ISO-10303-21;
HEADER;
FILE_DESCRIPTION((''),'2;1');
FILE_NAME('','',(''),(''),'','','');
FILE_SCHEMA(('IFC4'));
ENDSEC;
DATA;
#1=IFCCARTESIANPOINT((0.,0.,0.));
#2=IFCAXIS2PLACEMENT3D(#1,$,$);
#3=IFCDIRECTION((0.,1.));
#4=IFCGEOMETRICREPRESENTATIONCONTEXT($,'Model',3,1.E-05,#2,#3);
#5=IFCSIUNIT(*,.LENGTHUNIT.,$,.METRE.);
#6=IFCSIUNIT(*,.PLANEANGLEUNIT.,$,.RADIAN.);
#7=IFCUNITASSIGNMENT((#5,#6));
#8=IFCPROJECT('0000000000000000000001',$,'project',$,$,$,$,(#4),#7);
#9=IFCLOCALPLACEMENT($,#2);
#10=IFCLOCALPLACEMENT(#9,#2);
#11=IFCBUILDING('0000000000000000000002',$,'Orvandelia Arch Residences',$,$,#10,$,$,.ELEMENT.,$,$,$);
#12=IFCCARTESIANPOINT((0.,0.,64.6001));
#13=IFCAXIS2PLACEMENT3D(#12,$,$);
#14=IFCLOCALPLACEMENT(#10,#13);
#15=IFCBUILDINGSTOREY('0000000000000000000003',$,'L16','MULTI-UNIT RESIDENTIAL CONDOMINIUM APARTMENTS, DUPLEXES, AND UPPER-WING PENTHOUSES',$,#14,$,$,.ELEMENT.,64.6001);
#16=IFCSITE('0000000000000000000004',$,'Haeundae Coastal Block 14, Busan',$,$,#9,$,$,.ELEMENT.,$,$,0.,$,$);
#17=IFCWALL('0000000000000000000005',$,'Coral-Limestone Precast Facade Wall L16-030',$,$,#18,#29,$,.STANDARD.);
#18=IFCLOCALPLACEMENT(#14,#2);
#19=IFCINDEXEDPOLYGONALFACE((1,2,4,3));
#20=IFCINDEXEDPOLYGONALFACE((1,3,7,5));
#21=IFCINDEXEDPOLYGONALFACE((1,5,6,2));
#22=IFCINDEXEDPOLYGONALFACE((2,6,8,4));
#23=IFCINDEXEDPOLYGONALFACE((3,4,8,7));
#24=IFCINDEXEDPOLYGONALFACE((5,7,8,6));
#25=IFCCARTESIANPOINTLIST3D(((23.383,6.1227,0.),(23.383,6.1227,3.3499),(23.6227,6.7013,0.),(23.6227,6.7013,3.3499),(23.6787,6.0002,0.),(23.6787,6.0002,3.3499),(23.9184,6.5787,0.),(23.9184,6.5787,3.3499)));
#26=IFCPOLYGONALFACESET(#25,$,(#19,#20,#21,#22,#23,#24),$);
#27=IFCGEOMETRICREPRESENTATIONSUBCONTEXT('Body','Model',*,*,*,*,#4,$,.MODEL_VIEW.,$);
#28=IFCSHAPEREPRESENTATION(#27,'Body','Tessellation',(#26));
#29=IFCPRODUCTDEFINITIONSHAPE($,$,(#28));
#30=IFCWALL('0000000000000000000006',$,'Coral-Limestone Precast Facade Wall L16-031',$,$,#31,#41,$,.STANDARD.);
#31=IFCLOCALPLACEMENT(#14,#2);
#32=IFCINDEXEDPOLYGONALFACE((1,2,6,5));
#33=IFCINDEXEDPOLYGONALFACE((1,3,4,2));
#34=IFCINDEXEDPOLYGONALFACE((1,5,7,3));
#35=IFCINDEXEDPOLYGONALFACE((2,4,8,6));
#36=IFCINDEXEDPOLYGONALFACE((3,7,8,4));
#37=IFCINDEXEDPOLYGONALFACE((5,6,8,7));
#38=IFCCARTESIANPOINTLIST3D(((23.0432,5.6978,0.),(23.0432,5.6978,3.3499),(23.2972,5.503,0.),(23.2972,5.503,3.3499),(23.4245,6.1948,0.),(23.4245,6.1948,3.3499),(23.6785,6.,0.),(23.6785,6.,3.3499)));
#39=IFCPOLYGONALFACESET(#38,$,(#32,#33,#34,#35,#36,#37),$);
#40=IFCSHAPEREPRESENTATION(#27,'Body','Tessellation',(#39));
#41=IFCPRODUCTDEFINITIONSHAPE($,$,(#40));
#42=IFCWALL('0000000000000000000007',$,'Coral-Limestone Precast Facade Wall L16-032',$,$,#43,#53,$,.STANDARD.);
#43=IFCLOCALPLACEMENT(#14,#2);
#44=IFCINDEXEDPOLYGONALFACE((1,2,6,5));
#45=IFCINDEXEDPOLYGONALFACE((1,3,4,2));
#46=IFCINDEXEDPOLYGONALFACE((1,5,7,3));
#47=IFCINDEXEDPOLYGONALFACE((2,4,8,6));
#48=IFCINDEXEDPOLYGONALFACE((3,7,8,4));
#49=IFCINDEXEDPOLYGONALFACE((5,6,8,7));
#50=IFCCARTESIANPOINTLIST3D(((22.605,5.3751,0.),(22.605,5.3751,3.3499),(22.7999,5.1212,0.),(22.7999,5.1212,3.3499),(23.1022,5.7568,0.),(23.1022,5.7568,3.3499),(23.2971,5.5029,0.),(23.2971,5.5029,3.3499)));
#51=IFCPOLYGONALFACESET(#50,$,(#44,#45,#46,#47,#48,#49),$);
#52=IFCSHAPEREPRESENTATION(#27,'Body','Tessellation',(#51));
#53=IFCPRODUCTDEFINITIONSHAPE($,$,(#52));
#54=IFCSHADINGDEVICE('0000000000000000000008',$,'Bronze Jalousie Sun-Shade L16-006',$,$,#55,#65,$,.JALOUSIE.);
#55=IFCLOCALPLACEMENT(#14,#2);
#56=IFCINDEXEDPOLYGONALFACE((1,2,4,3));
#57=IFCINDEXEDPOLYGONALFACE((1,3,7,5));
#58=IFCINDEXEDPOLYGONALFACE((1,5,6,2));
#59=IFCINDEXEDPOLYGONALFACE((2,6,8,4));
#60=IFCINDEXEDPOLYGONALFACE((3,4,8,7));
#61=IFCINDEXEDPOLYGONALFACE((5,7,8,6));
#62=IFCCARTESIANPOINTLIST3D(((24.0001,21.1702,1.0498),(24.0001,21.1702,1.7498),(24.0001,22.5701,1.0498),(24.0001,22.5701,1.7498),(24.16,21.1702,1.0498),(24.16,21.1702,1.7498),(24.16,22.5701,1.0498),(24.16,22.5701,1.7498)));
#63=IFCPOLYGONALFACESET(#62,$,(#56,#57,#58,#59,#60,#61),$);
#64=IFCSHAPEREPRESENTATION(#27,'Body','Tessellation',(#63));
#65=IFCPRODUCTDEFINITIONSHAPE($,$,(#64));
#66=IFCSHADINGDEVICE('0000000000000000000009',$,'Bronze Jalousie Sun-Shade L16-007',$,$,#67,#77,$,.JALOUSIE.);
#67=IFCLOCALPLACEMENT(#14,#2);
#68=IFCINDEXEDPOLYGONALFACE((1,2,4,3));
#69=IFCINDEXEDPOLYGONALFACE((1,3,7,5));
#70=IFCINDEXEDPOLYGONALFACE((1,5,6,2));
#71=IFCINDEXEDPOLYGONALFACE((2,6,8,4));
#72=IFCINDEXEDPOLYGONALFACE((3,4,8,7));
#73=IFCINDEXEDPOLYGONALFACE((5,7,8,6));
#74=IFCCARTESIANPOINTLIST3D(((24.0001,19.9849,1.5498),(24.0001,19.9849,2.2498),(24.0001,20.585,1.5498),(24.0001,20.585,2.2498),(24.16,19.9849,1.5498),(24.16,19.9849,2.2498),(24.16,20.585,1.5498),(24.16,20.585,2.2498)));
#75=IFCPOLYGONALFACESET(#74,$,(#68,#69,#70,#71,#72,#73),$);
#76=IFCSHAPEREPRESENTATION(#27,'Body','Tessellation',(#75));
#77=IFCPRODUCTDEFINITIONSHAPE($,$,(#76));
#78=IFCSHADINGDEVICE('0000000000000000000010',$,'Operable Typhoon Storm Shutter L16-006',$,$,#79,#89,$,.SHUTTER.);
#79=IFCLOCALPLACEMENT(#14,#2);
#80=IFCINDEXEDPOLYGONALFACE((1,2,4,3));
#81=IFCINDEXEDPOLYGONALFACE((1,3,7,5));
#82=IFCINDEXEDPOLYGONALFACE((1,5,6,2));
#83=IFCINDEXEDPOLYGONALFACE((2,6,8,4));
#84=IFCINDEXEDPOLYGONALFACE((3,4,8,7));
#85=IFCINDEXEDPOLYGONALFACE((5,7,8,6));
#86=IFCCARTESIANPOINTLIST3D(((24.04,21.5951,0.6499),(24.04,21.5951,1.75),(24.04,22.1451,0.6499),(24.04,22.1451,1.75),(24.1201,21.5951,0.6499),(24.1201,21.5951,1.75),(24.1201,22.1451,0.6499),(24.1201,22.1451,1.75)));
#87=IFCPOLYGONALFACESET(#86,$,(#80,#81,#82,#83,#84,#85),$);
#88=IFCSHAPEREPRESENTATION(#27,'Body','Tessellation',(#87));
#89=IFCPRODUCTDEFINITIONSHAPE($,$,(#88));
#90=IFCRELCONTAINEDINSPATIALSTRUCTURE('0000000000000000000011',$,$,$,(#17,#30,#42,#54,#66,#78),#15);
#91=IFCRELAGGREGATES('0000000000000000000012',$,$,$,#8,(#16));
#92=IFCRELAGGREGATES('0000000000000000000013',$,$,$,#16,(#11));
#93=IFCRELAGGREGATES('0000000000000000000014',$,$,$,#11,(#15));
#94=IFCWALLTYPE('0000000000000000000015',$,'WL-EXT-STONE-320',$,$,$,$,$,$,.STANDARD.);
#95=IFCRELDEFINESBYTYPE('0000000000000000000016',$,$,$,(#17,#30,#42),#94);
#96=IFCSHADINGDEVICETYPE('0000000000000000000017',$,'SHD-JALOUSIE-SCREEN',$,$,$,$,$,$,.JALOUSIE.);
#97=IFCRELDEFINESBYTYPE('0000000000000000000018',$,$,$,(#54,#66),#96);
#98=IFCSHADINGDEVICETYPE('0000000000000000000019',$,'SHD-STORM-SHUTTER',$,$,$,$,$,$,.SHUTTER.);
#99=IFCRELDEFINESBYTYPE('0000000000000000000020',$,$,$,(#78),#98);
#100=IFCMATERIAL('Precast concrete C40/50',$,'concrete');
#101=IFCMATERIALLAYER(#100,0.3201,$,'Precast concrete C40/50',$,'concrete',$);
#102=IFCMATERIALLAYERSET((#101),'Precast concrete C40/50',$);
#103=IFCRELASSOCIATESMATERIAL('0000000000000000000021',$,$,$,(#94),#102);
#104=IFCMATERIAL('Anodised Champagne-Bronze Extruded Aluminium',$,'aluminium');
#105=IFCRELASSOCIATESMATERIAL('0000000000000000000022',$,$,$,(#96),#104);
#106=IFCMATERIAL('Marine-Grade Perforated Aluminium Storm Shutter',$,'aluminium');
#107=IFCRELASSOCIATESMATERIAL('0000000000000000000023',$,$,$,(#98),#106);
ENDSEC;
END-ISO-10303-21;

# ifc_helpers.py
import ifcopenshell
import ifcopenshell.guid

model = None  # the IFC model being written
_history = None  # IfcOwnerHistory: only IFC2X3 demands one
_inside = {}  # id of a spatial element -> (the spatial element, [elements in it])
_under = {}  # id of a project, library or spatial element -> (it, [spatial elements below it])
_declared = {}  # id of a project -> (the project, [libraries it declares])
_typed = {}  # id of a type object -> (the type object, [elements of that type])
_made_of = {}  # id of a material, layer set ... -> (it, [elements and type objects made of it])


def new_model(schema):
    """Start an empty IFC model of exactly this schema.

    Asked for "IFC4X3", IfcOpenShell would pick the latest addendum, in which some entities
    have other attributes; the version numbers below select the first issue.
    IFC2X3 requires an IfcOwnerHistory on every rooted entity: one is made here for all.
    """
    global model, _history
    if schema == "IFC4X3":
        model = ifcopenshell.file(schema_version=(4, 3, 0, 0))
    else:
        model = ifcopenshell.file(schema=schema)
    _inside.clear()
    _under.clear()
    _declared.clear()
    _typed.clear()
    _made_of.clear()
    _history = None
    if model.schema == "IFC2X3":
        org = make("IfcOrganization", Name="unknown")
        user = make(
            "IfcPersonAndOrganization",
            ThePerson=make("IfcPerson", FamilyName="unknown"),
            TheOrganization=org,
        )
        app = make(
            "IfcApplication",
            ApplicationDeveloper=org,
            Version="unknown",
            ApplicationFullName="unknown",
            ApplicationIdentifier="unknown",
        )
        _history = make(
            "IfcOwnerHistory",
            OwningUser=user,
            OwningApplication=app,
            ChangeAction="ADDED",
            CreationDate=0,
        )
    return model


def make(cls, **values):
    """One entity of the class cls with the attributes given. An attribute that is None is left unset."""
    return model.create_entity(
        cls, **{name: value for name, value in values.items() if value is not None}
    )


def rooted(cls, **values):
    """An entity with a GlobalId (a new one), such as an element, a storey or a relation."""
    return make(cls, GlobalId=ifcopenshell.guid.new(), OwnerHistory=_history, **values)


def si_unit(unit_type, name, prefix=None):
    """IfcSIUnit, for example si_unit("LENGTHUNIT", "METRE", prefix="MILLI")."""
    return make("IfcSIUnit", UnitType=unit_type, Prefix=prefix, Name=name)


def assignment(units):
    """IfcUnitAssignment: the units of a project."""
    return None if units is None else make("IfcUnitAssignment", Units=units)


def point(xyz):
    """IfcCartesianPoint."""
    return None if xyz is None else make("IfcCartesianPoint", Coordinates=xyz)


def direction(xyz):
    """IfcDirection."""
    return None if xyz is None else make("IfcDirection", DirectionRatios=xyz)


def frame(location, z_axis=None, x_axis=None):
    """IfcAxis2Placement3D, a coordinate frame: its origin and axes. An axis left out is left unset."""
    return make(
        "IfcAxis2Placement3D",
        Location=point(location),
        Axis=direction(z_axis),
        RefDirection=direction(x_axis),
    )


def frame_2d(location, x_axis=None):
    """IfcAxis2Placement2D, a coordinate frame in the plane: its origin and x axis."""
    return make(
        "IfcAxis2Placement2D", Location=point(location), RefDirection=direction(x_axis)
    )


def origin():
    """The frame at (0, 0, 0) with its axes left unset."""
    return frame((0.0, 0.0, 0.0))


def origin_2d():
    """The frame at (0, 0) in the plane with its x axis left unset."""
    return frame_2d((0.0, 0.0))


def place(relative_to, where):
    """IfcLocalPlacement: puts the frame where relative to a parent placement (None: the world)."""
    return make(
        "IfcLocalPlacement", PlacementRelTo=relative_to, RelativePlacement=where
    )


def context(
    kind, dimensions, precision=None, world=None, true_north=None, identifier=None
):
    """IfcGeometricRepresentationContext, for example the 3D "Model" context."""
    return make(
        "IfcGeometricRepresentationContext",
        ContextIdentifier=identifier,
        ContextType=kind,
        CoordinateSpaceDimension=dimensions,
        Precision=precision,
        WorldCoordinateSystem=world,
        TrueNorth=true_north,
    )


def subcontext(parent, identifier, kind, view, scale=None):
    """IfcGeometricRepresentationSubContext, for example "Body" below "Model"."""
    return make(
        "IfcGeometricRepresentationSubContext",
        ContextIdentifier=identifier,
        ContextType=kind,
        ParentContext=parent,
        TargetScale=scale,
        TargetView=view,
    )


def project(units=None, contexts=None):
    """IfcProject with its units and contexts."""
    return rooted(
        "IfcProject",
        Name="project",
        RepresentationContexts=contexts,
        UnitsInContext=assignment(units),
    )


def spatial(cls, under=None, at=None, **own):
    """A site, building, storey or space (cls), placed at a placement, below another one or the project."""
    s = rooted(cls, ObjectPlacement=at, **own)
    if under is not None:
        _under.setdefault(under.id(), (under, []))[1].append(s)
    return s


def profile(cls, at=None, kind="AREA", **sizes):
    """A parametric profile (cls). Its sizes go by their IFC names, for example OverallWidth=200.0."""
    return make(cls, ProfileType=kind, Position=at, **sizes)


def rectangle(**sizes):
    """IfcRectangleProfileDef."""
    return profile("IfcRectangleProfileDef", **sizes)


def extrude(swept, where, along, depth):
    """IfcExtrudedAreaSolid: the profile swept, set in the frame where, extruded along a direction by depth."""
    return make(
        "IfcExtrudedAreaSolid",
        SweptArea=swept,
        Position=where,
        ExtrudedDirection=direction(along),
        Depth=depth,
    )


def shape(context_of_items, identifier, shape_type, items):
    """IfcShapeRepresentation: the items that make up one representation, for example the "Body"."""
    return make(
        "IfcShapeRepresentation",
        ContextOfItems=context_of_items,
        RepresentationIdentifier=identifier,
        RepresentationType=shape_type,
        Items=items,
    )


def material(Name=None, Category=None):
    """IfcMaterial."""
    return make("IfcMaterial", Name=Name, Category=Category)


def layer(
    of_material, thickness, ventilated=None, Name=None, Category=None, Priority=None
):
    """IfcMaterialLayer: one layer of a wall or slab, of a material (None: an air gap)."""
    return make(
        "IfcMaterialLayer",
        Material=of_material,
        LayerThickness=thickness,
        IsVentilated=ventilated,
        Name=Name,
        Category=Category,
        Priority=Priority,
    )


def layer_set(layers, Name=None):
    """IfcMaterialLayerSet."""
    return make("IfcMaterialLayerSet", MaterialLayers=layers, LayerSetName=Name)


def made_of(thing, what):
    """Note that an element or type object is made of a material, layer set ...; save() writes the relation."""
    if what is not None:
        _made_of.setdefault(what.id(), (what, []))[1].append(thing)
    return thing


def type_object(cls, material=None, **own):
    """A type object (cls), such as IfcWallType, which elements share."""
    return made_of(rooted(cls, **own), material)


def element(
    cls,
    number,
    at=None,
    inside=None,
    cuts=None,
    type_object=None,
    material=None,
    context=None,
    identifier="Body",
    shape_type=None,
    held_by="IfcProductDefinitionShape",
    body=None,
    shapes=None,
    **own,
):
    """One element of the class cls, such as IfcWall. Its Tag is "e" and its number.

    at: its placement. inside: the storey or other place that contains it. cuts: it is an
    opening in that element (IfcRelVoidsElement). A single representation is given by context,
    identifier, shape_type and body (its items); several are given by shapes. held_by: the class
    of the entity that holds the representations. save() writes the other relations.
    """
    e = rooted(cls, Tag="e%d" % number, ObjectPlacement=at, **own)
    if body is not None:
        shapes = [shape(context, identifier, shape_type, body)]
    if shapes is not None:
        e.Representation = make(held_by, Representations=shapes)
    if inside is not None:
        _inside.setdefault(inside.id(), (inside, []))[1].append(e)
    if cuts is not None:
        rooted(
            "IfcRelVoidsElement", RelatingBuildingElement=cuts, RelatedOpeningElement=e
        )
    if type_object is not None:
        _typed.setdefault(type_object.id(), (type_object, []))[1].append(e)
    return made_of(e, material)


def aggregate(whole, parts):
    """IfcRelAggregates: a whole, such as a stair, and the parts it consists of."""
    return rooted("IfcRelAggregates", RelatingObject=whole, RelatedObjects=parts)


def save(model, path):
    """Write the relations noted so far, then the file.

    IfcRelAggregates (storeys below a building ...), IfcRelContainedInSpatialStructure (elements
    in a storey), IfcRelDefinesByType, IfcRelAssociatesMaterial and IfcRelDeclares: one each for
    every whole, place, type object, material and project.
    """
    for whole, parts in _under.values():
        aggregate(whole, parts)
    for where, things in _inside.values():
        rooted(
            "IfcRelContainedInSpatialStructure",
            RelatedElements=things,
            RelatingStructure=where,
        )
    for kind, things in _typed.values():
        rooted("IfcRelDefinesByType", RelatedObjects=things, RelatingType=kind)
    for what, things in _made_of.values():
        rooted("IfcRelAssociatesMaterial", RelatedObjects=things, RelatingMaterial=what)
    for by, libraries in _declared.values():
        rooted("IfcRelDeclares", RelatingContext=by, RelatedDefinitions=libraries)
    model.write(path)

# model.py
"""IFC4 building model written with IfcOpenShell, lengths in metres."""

from ifc_helpers import new_model, si_unit, direction, frame, frame_2d, origin, origin_2d, place, context, subcontext, project, spatial, rectangle, extrude, material, layer, layer_set, type_object, element, save


model = new_model("IFC4")

# Units and contexts
model_context = context("Model", 3, precision=1e-05, world=origin(), true_north=direction((0.0, 1.0)))
body_context = subcontext(model_context, "Body", "Model", "MODEL_VIEW")
ifc_project = project(units=[si_unit("LENGTHUNIT", "METRE"), si_unit("PLANEANGLEUNIT", "RADIAN")], contexts=[model_context])

# Site, building, storey
site_placement = place(None, origin())
site = spatial("IfcSite", under=ifc_project, at=site_placement, Name="Haeundae Coastal Block 14, Busan", CompositionType="ELEMENT", RefElevation=0.0)
building_placement = place(site_placement, origin())
building = spatial("IfcBuilding", under=site, at=building_placement, Name="Orvandelia Arch Residences", CompositionType="ELEMENT")
storey_placement = place(building_placement, frame((0.0, 0.0, 64.6001)))
storey = spatial("IfcBuildingStorey", under=building, at=storey_placement, Name="L16", Description="MULTI-UNIT RESIDENTIAL CONDOMINIUM APARTMENTS, DUPLEXES, AND UPPER-WING PENTHOUSES", CompositionType="ELEMENT", Elevation=64.6001)

# Shared definitions
ifc_material_1 = material(Name="Precast concrete C40/50", Category="concrete")
ifc_layer = layer(ifc_material_1, 0.3201, Name="Precast concrete C40/50", Category="concrete")
ifc_layer_set = layer_set([ifc_layer], Name="Precast concrete C40/50")
wall_type = type_object("IfcWallType", Name="WL-EXT-STONE-320", PredefinedType="STANDARD", material=ifc_layer_set)

# Walls
wall_1_placement = place(storey_placement, frame((23.7705, 6.6399, 0.0), z_axis=(0.0, 0.0, 1.0), x_axis=(-0.382788, -0.923836, 0.0)))
element("IfcWall", 1, at=wall_1_placement, inside=storey, type_object=wall_type, Name="Coral-Limestone Precast Facade Wall L16-030", PredefinedType="STANDARD", context=body_context, shape_type="SweptSolid", body=[
    extrude(rectangle(XDim=0.6262, YDim=0.3201, at=frame_2d((0.313, 0.0))), origin(), (0.0, 0.0, 1.0), 3.3499),
])
wall_2_placement = place(storey_placement, frame((23.5515, 6.0974, 0.0), z_axis=(0.0, 0.0, 1.0), x_axis=(-0.608693, -0.793406, 0.0)))
element("IfcWall", 2, at=wall_2_placement, inside=storey, type_object=wall_type, Name="Coral-Limestone Precast Facade Wall L16-031", PredefinedType="STANDARD", context=body_context, shape_type="SweptSolid", body=[
    extrude(rectangle(XDim=0.6265, YDim=0.3201, at=frame_2d((0.3132, 0.0))), origin(), (0.0, 0.0, 1.0), 3.3499),
])
wall_3_placement = place(storey_placement, frame((23.1997, 5.6299, 0.0), z_axis=(0.0, 0.0, 1.0), x_axis=(-0.793217, -0.608939, 0.0)))
element("IfcWall", 3, at=wall_3_placement, inside=storey, type_object=wall_type, Name="Coral-Limestone Precast Facade Wall L16-032", PredefinedType="STANDARD", context=body_context, shape_type="SweptSolid", body=[
    extrude(rectangle(XDim=0.6267, YDim=0.3201, at=frame_2d((0.3135, 0.0))), origin(), (0.0, 0.0, 1.0), 3.3499),
])

# Shading devices
ifc_material_2 = material(Name="Anodised Champagne-Bronze Extruded Aluminium", Category="aluminium")
shading_device_type_1 = type_object("IfcShadingDeviceType", Name="SHD-JALOUSIE-SCREEN", PredefinedType="JALOUSIE", material=ifc_material_2)
shading_device_1_placement = place(storey_placement, frame((24.0801, 21.8701, 1.0498), z_axis=(0.0, 0.0, 1.0), x_axis=(0.0, -1.0, 0.0)))
element("IfcShadingDevice", 4, at=shading_device_1_placement, inside=storey, type_object=shading_device_type_1, Name="Bronze Jalousie Sun-Shade L16-006", PredefinedType="JALOUSIE", context=body_context, shape_type="SweptSolid", body=[
    extrude(rectangle(XDim=1.3999, YDim=0.1599, at=origin_2d()), origin(), (0.0, 0.0, 1.0), 0.7),
])
shading_device_2_placement = place(storey_placement, frame((24.0801, 20.2849, 1.5498), z_axis=(0.0, 0.0, 1.0), x_axis=(0.0, -1.0, 0.0)))
element("IfcShadingDevice", 5, at=shading_device_2_placement, inside=storey, type_object=shading_device_type_1, Name="Bronze Jalousie Sun-Shade L16-007", PredefinedType="JALOUSIE", context=body_context, shape_type="SweptSolid", body=[
    extrude(rectangle(XDim=0.6001, YDim=0.1599, at=origin_2d()), origin(), (0.0, 0.0, 1.0), 0.7),
])
ifc_material_3 = material(Name="Marine-Grade Perforated Aluminium Storm Shutter", Category="aluminium")
shading_device_type_2 = type_object("IfcShadingDeviceType", Name="SHD-STORM-SHUTTER", PredefinedType="SHUTTER", material=ifc_material_3)
shading_device_3_placement = place(storey_placement, frame((24.0801, 21.8701, 0.6499), z_axis=(0.0, 0.0, 1.0), x_axis=(0.0, -1.0, 0.0)))
element("IfcShadingDevice", 6, at=shading_device_3_placement, inside=storey, type_object=shading_device_type_2, Name="Operable Typhoon Storm Shutter L16-006", PredefinedType="SHUTTER", context=body_context, shape_type="SweptSolid", body=[
    extrude(rectangle(XDim=0.55, YDim=0.0801, at=origin_2d()), origin(), (0.0, 0.0, 1.0), 1.1001),
])

save(model, "model.ifc")
